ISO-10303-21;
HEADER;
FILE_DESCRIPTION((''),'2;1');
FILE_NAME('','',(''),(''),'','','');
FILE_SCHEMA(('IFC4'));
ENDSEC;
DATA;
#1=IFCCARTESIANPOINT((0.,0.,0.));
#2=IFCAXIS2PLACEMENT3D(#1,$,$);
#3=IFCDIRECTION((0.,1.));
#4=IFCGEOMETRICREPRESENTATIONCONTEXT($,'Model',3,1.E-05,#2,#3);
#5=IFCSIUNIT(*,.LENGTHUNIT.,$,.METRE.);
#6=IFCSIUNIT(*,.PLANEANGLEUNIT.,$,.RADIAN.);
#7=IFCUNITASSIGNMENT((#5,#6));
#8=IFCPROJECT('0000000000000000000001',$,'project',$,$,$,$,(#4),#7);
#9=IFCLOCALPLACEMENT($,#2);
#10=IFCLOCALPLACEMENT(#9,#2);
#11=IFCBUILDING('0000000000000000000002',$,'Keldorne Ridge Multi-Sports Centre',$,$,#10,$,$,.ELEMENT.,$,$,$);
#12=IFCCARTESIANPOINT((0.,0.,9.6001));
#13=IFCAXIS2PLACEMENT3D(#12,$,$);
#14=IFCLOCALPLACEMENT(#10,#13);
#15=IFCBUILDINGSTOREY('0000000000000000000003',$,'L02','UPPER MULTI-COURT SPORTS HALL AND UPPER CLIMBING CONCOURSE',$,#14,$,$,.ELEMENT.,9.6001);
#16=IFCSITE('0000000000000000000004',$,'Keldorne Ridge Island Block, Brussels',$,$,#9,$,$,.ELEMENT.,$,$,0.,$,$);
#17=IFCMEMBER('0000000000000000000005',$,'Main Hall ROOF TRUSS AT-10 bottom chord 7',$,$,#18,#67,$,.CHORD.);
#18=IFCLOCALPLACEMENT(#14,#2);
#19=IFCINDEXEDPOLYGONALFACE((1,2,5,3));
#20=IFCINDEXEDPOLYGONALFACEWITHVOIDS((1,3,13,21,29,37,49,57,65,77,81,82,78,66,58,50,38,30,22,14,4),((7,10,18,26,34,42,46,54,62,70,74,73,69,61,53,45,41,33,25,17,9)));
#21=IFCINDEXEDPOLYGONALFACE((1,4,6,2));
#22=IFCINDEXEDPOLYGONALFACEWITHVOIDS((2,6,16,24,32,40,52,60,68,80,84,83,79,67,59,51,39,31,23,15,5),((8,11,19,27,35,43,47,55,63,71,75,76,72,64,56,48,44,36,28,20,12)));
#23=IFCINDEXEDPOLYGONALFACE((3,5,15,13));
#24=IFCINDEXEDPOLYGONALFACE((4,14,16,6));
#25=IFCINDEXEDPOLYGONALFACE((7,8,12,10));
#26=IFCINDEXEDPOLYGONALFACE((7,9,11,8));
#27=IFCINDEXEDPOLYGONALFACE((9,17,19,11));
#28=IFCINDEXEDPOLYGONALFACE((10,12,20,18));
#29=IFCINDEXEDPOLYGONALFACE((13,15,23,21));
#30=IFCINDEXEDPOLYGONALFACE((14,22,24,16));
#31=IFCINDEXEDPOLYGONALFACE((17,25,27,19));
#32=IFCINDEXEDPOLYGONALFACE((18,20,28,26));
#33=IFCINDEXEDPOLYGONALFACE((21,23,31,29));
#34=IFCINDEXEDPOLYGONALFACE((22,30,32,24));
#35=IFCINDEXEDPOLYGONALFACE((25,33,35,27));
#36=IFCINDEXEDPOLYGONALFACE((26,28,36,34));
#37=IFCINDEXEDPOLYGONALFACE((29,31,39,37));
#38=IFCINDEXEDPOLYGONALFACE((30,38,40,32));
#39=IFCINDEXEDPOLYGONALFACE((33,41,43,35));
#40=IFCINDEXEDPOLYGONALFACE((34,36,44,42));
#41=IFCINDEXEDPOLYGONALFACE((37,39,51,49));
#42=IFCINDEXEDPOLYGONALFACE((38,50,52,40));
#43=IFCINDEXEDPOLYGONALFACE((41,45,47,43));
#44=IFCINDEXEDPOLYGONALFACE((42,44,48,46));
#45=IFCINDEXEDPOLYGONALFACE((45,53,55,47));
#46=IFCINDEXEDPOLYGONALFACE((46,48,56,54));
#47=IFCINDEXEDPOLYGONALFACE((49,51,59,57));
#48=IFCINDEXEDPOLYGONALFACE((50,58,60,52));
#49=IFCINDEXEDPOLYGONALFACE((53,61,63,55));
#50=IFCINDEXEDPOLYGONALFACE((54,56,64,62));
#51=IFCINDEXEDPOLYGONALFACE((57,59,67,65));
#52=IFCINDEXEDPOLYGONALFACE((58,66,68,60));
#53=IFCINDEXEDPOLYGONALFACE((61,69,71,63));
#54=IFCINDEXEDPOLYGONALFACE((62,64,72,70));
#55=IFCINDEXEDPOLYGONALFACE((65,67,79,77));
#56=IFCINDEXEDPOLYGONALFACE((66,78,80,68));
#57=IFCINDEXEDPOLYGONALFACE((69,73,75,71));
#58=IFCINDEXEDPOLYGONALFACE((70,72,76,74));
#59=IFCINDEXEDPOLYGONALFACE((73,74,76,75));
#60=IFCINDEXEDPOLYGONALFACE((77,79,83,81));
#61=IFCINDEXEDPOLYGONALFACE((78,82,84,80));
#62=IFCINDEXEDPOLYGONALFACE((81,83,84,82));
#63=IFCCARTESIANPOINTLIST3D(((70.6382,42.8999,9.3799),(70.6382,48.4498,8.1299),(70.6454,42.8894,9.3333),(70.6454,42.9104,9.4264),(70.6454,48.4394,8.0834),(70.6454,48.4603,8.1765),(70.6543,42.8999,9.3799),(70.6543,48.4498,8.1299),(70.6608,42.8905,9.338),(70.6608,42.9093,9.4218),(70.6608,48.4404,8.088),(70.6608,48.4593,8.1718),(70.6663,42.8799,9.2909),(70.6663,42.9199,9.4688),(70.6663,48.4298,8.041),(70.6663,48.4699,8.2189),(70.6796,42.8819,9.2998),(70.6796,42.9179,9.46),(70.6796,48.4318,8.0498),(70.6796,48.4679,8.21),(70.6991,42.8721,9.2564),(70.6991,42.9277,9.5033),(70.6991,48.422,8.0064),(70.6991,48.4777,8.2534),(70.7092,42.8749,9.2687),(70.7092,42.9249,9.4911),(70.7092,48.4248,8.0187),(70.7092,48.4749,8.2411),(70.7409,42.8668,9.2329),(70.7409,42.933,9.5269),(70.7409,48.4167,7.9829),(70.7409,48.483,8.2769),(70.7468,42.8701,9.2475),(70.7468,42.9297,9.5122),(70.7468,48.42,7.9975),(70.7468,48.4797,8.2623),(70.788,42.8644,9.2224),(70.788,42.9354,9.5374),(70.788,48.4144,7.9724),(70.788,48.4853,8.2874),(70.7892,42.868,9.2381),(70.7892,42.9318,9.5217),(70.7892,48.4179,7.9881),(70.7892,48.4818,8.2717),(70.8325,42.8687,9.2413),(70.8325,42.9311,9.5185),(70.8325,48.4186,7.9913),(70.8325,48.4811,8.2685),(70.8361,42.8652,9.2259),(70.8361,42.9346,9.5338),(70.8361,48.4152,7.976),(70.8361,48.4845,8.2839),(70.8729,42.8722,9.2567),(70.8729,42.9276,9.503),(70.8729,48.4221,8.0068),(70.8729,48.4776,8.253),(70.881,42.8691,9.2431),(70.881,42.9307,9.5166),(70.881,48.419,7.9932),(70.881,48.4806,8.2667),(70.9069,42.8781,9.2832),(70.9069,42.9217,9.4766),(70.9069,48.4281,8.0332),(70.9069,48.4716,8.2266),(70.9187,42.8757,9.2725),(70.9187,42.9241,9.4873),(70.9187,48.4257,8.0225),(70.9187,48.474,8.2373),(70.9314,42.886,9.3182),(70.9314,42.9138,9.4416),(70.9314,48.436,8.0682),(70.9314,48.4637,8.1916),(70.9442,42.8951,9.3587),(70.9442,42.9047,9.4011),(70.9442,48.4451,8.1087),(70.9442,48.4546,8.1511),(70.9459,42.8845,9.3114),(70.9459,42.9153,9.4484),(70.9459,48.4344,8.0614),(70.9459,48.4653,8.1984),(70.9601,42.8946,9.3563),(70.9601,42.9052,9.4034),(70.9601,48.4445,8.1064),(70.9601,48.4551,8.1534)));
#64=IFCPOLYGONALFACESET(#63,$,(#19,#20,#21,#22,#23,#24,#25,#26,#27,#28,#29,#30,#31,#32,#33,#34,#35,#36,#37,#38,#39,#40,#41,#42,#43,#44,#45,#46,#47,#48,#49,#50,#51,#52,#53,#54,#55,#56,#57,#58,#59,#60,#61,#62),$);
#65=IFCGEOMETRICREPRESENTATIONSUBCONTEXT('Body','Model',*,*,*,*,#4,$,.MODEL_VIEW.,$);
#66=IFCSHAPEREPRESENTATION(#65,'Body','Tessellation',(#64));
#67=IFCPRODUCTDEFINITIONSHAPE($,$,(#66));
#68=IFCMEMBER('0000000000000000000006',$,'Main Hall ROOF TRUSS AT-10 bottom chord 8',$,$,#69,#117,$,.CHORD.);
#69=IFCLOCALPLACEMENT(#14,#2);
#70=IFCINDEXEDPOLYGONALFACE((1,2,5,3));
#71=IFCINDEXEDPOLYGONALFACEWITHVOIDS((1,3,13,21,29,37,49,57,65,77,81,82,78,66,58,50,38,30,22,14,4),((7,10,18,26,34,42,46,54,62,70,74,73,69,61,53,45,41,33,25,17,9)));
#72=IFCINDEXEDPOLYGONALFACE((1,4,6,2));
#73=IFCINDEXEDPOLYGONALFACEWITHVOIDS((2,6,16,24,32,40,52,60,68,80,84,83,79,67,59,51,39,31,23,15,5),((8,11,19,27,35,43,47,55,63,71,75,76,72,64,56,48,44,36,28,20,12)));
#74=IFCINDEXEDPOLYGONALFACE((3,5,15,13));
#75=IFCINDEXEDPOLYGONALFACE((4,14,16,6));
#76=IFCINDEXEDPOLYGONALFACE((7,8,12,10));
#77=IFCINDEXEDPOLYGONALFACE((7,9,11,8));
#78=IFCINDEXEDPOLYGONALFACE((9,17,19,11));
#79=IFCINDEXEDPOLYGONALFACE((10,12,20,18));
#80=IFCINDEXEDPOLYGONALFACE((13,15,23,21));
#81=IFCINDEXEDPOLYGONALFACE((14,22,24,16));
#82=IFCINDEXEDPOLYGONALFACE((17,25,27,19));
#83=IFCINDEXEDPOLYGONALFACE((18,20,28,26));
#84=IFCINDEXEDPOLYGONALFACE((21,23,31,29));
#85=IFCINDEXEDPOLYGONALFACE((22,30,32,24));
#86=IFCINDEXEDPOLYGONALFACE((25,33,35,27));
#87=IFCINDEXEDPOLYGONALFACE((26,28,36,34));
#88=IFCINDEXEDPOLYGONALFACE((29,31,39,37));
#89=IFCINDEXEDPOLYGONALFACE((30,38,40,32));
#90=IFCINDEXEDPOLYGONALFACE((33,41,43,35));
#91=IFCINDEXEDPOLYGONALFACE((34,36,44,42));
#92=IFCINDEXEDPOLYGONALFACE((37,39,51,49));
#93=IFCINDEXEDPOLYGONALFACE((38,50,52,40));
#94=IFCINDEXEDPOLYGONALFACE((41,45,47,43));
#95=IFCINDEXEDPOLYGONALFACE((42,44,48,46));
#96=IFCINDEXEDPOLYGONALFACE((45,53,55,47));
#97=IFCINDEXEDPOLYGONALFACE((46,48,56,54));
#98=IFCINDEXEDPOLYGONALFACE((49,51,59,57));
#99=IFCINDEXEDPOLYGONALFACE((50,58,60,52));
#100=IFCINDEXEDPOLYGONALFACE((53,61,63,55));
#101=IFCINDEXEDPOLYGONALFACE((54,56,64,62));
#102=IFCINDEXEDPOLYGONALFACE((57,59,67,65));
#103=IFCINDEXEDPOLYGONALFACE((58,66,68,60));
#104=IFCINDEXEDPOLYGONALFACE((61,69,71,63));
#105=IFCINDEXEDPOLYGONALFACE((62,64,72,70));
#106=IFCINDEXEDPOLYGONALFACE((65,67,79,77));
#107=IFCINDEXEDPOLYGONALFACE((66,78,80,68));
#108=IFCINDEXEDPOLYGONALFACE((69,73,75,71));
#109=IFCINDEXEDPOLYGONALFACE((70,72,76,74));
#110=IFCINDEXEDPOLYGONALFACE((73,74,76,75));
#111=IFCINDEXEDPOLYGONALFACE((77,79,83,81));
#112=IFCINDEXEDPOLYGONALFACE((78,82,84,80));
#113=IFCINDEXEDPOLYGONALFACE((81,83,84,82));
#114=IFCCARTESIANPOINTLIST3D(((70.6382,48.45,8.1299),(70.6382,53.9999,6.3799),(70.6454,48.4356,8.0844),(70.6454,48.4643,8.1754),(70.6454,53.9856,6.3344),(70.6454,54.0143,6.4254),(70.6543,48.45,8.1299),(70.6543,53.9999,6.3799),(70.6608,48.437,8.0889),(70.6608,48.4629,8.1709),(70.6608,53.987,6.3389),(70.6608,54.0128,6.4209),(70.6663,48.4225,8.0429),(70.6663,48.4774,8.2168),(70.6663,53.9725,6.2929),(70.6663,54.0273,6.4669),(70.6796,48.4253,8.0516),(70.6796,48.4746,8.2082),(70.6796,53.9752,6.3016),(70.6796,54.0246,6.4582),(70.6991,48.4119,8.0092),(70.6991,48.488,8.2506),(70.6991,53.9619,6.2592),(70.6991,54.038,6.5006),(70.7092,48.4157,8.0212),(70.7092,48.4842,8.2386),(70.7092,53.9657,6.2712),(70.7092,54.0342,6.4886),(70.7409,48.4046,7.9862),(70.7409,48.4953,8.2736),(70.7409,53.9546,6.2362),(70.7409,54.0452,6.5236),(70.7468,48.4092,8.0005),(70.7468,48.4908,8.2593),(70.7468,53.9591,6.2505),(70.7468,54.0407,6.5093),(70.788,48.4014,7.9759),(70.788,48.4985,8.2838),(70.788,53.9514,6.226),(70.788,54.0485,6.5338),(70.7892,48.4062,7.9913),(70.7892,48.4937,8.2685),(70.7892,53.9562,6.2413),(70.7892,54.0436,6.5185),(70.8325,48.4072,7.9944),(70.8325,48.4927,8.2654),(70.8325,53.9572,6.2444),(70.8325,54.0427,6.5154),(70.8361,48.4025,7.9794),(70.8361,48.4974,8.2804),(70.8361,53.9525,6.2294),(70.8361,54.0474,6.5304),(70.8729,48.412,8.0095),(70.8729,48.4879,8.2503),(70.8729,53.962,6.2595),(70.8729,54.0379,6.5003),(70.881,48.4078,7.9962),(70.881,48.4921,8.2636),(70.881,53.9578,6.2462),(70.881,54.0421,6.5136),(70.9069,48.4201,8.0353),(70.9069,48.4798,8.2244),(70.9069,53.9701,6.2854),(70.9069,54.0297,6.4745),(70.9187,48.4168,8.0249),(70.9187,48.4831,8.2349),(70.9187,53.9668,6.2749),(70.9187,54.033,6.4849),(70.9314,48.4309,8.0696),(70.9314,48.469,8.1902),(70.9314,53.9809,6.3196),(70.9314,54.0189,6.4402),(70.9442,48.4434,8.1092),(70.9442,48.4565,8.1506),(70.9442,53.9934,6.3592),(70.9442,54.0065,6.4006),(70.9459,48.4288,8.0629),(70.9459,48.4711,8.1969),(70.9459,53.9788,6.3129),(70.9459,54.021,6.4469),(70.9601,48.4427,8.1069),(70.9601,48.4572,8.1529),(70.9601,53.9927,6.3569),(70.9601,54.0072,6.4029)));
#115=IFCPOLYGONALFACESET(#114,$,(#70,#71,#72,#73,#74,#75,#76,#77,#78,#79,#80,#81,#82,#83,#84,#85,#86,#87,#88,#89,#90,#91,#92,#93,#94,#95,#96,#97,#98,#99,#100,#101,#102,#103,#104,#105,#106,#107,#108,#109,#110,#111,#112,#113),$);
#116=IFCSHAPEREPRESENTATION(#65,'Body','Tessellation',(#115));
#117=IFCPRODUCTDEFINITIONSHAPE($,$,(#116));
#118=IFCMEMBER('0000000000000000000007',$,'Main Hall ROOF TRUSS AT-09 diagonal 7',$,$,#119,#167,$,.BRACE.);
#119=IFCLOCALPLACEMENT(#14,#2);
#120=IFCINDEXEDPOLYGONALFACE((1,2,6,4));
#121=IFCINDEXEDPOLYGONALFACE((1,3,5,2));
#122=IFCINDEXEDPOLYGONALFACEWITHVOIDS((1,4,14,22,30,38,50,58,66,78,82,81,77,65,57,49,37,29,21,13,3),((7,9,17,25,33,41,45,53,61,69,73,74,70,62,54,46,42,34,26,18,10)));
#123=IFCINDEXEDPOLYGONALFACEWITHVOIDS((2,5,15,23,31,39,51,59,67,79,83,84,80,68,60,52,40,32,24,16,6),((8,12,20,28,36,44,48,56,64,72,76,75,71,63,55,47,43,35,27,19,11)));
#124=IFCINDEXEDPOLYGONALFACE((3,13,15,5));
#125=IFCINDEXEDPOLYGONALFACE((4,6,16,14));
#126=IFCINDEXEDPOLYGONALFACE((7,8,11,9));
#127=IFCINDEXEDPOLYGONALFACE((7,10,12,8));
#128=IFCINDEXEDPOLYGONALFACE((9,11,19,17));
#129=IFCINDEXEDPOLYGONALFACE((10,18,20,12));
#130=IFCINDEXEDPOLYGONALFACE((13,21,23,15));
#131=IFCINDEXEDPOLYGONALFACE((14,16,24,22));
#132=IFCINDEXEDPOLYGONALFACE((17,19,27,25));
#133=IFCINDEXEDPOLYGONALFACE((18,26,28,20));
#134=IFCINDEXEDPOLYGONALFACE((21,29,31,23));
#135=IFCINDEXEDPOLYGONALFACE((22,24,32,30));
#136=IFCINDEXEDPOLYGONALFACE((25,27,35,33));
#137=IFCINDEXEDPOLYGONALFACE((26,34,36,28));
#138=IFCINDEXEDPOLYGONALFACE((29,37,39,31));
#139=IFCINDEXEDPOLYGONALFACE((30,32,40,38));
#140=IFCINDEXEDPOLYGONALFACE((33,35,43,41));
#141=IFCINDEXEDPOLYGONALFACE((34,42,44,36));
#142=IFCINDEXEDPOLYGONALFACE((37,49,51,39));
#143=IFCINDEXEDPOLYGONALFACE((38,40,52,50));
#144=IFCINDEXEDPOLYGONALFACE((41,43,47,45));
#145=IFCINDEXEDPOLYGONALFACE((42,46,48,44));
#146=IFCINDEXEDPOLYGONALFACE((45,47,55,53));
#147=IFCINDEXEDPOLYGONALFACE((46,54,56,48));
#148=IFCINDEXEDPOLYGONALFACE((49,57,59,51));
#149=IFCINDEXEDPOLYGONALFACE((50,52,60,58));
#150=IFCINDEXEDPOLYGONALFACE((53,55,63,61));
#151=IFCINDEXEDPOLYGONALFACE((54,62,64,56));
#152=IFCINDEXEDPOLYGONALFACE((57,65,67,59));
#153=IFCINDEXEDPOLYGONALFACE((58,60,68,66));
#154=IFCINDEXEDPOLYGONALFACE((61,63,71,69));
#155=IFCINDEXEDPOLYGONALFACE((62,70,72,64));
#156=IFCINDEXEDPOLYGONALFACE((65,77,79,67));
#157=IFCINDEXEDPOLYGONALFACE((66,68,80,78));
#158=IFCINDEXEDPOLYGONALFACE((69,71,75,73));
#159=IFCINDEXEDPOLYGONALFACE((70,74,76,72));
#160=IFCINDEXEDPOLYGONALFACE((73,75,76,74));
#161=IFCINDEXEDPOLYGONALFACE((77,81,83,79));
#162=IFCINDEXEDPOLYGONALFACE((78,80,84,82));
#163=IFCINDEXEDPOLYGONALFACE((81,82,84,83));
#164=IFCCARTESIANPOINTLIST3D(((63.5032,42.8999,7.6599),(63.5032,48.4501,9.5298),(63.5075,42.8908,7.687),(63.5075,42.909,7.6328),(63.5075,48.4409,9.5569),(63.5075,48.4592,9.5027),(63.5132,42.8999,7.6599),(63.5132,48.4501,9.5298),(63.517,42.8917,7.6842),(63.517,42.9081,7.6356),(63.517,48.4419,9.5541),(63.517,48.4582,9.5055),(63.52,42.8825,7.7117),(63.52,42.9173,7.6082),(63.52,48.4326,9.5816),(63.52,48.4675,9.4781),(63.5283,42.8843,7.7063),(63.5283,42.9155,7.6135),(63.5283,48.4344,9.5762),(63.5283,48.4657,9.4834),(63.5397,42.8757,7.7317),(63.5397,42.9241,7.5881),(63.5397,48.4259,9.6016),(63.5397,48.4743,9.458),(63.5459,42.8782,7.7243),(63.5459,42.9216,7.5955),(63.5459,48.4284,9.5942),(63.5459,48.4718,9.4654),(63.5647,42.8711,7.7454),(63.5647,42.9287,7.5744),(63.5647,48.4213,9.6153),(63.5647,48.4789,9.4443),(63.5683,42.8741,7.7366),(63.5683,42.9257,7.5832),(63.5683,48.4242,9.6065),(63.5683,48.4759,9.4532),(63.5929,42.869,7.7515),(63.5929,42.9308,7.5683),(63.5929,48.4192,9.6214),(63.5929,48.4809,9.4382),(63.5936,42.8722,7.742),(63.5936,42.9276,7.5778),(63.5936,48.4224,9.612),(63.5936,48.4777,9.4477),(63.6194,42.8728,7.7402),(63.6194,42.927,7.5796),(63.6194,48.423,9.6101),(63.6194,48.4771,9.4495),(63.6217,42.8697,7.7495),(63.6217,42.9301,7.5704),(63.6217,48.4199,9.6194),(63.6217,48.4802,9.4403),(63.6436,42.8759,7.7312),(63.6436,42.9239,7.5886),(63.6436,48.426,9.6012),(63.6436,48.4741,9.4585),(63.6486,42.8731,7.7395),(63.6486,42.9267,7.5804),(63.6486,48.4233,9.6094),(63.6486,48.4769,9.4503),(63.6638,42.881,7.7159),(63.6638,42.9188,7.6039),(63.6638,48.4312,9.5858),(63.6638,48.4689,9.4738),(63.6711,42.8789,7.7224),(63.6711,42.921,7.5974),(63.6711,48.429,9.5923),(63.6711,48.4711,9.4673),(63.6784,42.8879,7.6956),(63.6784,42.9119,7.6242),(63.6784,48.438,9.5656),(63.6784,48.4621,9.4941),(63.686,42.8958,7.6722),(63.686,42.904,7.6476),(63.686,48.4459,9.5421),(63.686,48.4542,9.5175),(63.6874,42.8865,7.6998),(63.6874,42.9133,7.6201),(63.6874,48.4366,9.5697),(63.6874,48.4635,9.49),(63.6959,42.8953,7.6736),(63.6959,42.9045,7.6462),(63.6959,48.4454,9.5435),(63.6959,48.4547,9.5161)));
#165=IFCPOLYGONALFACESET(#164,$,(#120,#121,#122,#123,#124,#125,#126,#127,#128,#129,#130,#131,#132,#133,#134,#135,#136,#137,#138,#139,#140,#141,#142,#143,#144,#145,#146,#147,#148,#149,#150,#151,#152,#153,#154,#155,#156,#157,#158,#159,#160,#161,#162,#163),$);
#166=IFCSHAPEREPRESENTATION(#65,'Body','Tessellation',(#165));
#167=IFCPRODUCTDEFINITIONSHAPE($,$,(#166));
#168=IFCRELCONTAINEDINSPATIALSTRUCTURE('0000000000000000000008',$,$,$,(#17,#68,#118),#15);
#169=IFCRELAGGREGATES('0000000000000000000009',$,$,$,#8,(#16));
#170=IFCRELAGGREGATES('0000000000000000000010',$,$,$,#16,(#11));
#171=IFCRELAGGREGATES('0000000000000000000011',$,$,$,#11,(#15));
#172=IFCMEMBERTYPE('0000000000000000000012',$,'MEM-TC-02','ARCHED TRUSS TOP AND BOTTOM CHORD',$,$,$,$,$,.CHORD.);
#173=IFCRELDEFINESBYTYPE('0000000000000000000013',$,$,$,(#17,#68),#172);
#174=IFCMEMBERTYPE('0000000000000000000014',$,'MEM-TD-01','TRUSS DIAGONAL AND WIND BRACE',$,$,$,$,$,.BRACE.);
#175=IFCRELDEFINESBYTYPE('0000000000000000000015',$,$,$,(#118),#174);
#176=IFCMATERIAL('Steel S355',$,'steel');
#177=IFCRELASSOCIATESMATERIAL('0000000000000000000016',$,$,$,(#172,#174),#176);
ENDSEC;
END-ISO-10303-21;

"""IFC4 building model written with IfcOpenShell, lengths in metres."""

from ifc_helpers import new_model, si_unit, direction, frame, origin, origin_2d, place, context, subcontext, project, spatial, hollow_circle, extrude, material, material_profile, profile_set, type_object, element, save


model = new_model("IFC4")

# Units and contexts
model_context = context("Model", 3, precision=1e-05, world=origin(), true_north=direction((0.0, 1.0)))
body_context = subcontext(model_context, "Body", "Model", "MODEL_VIEW")
ifc_project = project(units=[si_unit("LENGTHUNIT", "METRE"), si_unit("PLANEANGLEUNIT", "RADIAN")], contexts=[model_context])

# Site, building, storey
site_placement = place(None, origin())
site = spatial("IfcSite", under=ifc_project, at=site_placement, Name="Keldorne Ridge Island Block, Brussels", CompositionType="ELEMENT", RefElevation=0.0)
building_placement = place(site_placement, origin())
building = spatial("IfcBuilding", under=site, at=building_placement, Name="Keldorne Ridge Multi-Sports Centre", CompositionType="ELEMENT")
storey_placement = place(building_placement, frame((0.0, 0.0, 9.6001)))
storey = spatial("IfcBuildingStorey", under=building, at=storey_placement, Name="L02", Description="UPPER MULTI-COURT SPORTS HALL AND UPPER CLIMBING CONCOURSE", CompositionType="ELEMENT", Elevation=9.6001)

# Shared definitions
ifc_material = material(Name="Steel S355", Category="steel")

# Members
ifc_material_profile_1 = material_profile(ifc_material, hollow_circle(Radius=0.1619, WallThickness=0.0161, at=origin_2d()), Name="CHS 323.9x16")
ifc_profile_set_1 = profile_set([ifc_material_profile_1], Name="Steel S355")
member_type_1 = type_object("IfcMemberType", Name="MEM-TC-02", Description="ARCHED TRUSS TOP AND BOTTOM CHORD", PredefinedType="CHORD", material=ifc_profile_set_1)
member_1_placement = place(storey_placement, frame((70.8, 42.8999, 9.3799), z_axis=(0.0, 0.975563, -0.219719), x_axis=(-1.0, 0.0, 0.0)))
element("IfcMember", 1, at=member_1_placement, inside=storey, type_object=member_type_1, Name="Main Hall ROOF TRUSS AT-10 bottom chord 7", PredefinedType="CHORD", context=body_context, shape_type="SweptSolid", body=[
    extrude(hollow_circle(Radius=0.1619, WallThickness=0.0161, at=origin_2d()), origin(), (0.0, 0.0, 1.0), 5.689),
])
member_2_placement = place(storey_placement, frame((70.8, 48.45, 8.1299), z_axis=(0.0, 0.953713, -0.300718), x_axis=(-1.0, 0.0, 0.0)))
element("IfcMember", 2, at=member_2_placement, inside=storey, type_object=member_type_1, Name="Main Hall ROOF TRUSS AT-10 bottom chord 8", PredefinedType="CHORD", context=body_context, shape_type="SweptSolid", body=[
    extrude(hollow_circle(Radius=0.1619, WallThickness=0.0161, at=origin_2d()), origin(), (0.0, 0.0, 1.0), 5.8193),
])
ifc_material_profile_2 = material_profile(ifc_material, hollow_circle(Radius=0.0969, WallThickness=0.01, at=origin_2d()), Name="CHS 193.7x10")
ifc_profile_set_2 = profile_set([ifc_material_profile_2], Name="Steel S355")
member_type_2 = type_object("IfcMemberType", Name="MEM-TD-01", Description="TRUSS DIAGONAL AND WIND BRACE", PredefinedType="BRACE", material=ifc_profile_set_2)
member_3_placement = place(storey_placement, frame((63.6001, 42.8999, 7.6599), z_axis=(0.0, 0.947661, 0.319278), x_axis=(-1.0, 0.0, 0.0)))
element("IfcMember", 3, at=member_3_placement, inside=storey, type_object=member_type_2, Name="Main Hall ROOF TRUSS AT-09 diagonal 7", PredefinedType="BRACE", context=body_context, shape_type="SweptSolid", body=[
    extrude(hollow_circle(Radius=0.0969, WallThickness=0.01, at=origin_2d()), origin(), (0.0, 0.0, 1.0), 5.8567),
])

save(model, "model.ifc")
